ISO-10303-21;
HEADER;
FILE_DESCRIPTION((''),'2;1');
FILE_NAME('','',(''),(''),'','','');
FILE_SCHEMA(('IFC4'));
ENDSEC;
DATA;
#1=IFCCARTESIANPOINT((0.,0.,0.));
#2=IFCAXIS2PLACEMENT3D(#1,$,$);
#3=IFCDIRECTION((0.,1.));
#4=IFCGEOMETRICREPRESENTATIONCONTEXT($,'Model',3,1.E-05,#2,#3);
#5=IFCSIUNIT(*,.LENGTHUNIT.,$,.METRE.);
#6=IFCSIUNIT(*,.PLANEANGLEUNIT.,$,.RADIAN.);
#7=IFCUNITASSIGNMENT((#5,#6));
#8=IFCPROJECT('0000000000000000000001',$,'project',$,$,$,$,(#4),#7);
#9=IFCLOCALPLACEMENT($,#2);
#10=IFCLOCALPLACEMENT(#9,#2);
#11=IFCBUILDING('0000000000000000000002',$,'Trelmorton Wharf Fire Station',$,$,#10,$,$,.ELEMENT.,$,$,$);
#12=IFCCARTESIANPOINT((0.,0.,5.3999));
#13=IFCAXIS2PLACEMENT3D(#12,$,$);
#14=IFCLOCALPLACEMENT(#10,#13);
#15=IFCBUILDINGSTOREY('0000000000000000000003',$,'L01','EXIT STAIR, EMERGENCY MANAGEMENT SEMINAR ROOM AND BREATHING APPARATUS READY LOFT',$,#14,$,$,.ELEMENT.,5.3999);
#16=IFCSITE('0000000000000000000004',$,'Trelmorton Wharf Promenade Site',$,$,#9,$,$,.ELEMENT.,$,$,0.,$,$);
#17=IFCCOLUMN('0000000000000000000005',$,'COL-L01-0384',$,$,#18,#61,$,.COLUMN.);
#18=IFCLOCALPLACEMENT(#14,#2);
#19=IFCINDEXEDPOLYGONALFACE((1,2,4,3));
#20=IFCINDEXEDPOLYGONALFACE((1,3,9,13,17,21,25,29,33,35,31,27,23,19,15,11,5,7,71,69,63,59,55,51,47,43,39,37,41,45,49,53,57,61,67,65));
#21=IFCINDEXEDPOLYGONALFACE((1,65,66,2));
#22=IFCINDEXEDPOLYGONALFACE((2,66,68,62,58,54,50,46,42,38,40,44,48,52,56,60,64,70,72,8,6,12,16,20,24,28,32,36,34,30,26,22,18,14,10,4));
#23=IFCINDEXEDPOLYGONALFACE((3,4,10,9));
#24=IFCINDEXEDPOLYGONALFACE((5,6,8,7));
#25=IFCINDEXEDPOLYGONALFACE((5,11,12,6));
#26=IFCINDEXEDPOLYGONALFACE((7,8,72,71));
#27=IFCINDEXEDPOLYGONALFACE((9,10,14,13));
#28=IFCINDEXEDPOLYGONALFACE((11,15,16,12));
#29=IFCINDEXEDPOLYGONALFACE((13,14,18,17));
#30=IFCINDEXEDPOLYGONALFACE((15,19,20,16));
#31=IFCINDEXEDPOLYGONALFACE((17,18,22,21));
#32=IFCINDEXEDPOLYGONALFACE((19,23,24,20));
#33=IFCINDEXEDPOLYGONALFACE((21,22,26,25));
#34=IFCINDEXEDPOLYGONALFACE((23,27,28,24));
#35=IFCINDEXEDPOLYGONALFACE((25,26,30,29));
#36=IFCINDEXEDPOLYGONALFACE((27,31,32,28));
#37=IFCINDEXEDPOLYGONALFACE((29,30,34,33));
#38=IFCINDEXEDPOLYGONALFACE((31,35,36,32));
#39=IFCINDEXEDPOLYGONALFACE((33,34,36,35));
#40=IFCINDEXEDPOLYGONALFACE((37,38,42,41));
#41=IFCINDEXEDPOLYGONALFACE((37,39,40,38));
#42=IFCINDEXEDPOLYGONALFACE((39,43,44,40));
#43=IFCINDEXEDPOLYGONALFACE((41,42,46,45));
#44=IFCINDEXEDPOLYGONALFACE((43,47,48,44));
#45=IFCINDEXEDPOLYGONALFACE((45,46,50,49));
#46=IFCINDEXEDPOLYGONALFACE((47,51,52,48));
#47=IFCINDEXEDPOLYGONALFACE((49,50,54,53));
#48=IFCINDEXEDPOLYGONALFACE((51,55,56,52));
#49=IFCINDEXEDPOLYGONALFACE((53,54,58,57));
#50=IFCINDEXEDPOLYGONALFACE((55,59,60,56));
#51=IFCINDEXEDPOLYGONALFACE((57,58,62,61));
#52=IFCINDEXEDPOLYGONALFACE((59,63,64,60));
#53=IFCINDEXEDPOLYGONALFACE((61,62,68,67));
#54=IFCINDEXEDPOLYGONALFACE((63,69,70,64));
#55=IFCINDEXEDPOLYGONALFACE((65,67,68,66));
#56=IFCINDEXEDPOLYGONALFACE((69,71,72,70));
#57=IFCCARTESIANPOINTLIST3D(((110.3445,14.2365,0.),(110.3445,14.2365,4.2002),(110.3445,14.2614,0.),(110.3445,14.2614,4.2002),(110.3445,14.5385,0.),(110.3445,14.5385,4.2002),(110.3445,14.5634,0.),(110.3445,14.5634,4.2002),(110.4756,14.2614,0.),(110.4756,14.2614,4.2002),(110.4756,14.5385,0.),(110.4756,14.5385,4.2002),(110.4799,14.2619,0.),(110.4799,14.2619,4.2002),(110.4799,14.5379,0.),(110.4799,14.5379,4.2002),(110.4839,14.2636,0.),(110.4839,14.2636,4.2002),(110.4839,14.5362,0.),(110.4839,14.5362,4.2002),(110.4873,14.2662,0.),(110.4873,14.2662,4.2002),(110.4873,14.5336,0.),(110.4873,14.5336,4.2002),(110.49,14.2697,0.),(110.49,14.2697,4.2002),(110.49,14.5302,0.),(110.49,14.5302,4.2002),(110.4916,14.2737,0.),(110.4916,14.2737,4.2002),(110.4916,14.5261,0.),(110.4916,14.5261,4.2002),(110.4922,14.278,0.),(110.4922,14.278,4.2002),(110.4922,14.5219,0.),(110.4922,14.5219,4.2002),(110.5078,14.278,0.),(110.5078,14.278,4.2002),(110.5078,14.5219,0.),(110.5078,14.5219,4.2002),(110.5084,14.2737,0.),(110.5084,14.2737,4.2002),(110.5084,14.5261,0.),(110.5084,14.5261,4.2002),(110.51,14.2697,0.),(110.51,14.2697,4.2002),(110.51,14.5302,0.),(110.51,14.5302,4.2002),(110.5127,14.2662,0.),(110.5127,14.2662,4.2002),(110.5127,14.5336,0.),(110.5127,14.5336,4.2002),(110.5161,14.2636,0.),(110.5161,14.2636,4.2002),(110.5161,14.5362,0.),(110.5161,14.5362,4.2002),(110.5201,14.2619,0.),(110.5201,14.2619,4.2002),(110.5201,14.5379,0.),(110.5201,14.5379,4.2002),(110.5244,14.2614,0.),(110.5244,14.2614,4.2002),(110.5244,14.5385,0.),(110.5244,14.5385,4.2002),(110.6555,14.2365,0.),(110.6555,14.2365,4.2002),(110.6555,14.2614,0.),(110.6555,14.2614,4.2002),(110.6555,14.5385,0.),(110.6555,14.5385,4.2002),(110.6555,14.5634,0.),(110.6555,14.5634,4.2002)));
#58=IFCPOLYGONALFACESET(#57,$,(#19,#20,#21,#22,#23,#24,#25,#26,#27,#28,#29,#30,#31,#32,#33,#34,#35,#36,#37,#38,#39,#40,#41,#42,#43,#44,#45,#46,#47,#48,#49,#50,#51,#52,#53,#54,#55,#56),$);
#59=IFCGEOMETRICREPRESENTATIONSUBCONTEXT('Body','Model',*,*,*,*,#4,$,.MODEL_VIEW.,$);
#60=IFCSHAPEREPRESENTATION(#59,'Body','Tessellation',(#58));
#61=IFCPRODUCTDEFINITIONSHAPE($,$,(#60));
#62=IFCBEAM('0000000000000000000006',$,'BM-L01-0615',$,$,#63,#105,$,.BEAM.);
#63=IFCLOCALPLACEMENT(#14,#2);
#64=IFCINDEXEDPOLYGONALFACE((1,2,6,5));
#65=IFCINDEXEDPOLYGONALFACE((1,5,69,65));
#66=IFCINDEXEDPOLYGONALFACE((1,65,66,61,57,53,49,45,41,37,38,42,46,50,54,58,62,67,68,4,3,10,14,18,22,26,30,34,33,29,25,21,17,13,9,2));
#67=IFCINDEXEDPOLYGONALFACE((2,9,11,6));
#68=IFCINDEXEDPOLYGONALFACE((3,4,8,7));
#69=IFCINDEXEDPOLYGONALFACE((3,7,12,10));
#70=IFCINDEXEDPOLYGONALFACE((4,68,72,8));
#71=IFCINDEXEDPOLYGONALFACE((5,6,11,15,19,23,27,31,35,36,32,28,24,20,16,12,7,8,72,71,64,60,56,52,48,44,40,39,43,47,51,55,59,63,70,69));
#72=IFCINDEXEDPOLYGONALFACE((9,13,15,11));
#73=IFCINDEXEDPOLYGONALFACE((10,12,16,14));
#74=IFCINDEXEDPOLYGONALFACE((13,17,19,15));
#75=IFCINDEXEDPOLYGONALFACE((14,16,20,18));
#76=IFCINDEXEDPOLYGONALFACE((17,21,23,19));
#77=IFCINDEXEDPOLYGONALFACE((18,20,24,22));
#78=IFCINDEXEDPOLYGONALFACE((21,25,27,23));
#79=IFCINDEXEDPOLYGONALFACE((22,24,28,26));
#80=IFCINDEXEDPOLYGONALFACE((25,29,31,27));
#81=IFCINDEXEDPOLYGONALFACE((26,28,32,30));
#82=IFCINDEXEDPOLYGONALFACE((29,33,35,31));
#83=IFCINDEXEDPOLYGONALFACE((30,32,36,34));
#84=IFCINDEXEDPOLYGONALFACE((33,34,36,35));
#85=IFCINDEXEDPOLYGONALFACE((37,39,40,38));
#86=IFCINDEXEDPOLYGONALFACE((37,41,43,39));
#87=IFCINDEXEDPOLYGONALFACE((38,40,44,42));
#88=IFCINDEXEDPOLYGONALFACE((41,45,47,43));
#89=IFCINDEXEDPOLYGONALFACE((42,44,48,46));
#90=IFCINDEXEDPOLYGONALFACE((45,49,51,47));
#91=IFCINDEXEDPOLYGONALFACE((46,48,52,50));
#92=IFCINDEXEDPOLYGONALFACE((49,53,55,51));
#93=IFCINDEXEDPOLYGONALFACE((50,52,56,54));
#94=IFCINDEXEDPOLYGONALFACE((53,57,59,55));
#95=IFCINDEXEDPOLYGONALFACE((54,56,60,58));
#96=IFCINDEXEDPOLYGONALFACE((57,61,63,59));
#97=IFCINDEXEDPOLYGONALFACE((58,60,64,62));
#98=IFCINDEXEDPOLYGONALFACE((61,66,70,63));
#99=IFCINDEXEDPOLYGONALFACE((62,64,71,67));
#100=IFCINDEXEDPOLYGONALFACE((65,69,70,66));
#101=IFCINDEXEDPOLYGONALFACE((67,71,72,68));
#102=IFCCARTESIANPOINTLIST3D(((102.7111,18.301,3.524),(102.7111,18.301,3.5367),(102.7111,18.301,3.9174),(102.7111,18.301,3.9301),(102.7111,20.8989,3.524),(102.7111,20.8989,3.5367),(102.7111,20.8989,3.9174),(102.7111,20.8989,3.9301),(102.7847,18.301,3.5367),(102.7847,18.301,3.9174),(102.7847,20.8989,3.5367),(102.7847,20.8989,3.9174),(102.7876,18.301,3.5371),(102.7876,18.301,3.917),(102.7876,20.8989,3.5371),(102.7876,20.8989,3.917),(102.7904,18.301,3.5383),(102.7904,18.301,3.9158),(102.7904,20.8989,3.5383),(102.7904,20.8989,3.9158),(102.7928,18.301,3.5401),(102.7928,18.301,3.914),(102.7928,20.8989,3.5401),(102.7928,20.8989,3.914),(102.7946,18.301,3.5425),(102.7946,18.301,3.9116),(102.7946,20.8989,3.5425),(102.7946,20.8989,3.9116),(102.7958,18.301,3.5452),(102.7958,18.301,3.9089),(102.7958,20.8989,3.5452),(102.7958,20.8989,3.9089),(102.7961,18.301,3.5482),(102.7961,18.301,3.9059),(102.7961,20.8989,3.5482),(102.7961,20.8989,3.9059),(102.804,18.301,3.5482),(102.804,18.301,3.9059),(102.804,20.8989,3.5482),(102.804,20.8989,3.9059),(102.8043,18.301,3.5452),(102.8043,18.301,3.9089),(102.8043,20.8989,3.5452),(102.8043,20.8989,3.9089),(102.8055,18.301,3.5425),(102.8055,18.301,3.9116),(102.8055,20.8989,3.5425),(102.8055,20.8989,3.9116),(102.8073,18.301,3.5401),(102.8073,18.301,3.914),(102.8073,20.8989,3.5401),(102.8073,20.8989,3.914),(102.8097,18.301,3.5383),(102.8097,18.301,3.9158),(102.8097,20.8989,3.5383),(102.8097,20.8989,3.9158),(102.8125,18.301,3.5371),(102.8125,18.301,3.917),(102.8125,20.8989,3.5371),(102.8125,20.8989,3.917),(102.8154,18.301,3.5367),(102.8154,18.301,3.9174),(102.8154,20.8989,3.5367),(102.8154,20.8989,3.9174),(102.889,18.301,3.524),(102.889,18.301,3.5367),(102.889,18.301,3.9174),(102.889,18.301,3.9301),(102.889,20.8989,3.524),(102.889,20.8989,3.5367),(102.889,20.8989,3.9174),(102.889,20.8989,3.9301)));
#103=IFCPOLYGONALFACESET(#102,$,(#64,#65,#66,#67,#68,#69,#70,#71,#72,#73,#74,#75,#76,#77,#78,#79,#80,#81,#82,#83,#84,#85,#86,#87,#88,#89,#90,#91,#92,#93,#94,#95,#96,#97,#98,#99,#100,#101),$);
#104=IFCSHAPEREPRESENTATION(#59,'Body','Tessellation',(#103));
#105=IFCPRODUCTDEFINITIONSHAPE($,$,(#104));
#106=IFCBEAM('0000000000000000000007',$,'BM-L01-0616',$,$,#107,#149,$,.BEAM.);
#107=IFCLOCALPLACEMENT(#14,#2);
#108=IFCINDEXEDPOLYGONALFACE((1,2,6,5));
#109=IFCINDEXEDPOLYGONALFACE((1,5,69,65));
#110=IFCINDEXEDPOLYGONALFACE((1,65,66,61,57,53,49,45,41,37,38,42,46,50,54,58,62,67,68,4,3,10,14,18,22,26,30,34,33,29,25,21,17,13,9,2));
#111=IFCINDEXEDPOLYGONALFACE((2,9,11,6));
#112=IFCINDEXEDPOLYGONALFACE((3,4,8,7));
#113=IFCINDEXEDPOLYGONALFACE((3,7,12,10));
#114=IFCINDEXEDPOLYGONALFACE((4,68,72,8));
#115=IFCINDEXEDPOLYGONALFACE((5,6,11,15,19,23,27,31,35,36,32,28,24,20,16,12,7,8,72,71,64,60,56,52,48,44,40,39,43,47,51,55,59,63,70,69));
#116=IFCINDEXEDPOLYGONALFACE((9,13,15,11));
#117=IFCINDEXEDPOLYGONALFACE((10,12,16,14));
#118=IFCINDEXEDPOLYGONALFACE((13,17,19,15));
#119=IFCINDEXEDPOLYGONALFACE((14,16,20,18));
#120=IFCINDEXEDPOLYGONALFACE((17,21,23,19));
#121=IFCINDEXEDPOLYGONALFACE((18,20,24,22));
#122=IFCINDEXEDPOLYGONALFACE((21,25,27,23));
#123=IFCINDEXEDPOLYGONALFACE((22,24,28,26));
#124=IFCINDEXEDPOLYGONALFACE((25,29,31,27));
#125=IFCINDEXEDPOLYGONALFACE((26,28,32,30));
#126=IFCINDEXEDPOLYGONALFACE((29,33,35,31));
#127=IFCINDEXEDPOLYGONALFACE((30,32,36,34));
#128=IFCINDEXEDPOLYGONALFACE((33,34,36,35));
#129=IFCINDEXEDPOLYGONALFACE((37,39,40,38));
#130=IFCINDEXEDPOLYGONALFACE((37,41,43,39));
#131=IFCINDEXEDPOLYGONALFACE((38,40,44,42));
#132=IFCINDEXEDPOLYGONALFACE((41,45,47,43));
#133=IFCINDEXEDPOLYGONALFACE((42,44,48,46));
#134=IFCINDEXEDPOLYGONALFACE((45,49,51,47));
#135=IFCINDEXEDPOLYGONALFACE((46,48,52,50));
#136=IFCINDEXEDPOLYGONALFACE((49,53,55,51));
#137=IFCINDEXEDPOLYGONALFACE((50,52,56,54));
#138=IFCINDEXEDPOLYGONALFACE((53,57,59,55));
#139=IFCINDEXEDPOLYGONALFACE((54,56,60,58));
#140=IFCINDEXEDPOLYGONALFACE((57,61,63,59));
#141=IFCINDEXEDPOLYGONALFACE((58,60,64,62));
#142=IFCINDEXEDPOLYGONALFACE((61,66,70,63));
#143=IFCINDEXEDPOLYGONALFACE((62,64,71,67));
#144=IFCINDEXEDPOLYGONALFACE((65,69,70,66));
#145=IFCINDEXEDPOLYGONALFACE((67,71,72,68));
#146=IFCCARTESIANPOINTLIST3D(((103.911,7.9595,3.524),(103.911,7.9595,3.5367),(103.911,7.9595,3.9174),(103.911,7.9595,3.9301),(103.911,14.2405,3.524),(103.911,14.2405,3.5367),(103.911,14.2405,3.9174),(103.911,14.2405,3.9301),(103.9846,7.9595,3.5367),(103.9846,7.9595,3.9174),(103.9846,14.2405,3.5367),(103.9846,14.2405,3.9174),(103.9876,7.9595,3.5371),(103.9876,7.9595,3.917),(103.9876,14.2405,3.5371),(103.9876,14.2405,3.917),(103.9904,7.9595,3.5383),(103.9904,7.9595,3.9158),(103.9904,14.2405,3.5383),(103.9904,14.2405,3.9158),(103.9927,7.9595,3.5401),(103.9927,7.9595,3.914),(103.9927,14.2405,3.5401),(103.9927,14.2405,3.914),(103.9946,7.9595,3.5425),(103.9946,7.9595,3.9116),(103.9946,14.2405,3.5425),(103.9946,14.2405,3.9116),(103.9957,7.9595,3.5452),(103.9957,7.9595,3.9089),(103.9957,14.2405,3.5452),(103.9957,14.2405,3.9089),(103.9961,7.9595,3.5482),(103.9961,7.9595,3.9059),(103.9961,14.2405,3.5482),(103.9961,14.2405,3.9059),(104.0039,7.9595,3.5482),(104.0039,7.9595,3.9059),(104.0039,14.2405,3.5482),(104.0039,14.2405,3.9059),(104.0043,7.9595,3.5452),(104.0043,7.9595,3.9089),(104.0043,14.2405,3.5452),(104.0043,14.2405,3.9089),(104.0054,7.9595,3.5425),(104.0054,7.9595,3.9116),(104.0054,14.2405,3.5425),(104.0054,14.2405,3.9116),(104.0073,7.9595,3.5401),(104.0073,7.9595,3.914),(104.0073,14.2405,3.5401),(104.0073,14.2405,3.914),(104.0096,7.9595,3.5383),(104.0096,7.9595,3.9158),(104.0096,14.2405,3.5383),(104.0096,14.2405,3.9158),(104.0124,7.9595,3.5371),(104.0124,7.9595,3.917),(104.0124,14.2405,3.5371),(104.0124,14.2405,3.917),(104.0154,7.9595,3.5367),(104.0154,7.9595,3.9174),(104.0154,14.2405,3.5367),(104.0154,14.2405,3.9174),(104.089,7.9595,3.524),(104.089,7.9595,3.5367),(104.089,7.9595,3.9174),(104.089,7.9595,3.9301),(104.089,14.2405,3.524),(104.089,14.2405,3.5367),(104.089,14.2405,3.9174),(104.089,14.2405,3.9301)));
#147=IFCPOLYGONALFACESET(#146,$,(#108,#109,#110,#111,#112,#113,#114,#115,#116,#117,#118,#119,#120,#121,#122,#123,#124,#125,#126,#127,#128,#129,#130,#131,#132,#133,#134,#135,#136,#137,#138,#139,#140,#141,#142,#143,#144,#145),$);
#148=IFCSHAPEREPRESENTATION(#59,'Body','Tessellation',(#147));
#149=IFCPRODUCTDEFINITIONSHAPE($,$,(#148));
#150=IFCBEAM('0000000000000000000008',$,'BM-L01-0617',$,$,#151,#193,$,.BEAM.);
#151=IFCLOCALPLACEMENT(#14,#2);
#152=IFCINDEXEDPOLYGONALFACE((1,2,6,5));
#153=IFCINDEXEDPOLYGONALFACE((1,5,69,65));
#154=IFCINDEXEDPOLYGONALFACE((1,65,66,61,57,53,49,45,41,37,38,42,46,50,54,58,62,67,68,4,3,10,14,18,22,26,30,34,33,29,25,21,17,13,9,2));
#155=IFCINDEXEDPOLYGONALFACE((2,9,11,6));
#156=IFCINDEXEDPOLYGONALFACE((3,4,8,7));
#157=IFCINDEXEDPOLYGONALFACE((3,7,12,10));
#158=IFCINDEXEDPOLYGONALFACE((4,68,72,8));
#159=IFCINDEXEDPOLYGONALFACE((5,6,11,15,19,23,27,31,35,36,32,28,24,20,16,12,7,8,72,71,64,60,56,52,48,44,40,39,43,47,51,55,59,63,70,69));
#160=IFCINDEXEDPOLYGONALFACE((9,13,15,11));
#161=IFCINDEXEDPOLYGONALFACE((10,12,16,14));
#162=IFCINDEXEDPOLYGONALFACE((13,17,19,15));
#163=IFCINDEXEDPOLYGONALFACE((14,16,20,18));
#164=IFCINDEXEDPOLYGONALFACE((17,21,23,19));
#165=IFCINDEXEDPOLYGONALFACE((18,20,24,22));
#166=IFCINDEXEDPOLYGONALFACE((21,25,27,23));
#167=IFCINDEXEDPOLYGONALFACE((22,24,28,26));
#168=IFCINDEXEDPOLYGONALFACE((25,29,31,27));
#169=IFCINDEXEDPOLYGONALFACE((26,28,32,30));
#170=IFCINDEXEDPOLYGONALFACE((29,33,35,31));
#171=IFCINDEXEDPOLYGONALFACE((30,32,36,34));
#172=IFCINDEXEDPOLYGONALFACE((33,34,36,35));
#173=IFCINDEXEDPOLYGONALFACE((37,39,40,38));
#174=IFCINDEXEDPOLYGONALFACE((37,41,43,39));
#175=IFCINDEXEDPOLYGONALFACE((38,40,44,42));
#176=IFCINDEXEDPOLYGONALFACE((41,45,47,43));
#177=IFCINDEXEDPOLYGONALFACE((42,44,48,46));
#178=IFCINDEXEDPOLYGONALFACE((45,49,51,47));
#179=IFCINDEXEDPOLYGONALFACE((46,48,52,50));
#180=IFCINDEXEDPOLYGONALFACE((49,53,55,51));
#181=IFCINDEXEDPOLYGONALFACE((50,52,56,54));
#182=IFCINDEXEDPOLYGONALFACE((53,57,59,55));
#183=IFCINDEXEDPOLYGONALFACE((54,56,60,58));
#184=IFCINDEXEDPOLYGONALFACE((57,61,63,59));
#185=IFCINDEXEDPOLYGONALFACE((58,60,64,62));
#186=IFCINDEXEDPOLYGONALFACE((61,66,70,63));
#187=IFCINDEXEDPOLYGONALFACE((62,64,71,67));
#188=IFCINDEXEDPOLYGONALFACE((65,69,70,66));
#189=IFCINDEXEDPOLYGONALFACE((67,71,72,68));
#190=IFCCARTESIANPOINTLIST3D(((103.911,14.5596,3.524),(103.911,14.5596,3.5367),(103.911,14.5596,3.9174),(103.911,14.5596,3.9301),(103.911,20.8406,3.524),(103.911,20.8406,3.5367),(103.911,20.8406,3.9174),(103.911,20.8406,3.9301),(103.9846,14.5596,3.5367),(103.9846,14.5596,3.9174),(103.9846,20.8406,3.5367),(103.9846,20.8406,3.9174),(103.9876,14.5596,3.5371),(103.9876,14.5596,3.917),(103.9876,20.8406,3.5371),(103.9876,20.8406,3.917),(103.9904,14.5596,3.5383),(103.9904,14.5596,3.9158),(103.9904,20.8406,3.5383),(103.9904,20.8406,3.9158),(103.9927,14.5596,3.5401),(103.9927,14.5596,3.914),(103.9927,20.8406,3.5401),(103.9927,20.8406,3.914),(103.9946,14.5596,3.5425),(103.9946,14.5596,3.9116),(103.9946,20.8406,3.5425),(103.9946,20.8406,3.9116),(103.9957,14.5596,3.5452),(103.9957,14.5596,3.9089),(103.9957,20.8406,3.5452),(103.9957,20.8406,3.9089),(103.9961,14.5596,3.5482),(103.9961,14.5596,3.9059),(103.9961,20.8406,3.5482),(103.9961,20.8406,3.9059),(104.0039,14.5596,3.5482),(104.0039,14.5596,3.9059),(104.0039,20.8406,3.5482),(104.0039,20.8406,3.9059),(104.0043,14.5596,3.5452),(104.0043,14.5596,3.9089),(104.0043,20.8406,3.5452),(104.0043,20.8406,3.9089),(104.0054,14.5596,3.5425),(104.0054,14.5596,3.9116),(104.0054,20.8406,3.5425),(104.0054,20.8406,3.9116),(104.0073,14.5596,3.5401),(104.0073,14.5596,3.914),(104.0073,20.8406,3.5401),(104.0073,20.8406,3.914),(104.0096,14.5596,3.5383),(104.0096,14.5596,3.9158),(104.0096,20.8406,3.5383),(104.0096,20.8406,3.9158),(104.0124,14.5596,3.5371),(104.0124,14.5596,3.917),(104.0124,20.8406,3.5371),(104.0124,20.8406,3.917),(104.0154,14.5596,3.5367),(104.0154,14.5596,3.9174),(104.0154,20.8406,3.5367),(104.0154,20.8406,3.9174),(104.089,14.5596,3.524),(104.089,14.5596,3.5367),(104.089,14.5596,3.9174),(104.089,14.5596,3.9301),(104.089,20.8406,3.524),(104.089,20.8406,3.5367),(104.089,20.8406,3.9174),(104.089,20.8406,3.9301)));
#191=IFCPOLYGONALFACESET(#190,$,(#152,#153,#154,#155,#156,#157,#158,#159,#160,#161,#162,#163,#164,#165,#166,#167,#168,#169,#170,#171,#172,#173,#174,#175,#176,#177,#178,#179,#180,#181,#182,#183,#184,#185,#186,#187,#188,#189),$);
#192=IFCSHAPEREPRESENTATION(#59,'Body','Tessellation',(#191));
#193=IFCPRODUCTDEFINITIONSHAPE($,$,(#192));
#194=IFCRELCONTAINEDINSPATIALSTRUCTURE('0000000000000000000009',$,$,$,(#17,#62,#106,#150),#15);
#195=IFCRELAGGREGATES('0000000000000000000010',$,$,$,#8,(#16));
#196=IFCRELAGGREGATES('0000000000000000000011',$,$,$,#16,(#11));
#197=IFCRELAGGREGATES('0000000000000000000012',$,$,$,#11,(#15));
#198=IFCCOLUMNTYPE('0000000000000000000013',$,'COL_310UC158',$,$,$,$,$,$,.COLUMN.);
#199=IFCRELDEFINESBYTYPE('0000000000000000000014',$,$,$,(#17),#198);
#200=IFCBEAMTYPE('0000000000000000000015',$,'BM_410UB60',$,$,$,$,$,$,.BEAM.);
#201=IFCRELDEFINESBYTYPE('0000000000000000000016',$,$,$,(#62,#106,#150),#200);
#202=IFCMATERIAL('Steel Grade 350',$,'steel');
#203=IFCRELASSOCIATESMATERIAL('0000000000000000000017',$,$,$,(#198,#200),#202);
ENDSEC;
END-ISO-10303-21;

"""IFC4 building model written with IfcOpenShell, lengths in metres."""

from ifc_helpers import new_model, si_unit, direction, frame, origin, origin_2d, place, context, subcontext, project, spatial, i_section, extrude, material, material_profile, profile_set, type_object, element, save


model = new_model("IFC4")

# Units and contexts
model_context = context("Model", 3, precision=1e-05, world=origin(), true_north=direction((0.0, 1.0)))
body_context = subcontext(model_context, "Body", "Model", "MODEL_VIEW")
ifc_project = project(units=[si_unit("LENGTHUNIT", "METRE"), si_unit("PLANEANGLEUNIT", "RADIAN")], contexts=[model_context])

# Site, building, storey
site_placement = place(None, origin())
site = spatial("IfcSite", under=ifc_project, at=site_placement, Name="Trelmorton Wharf Promenade Site", CompositionType="ELEMENT", RefElevation=0.0)
building_placement = place(site_placement, origin())
building = spatial("IfcBuilding", under=site, at=building_placement, Name="Trelmorton Wharf Fire Station", CompositionType="ELEMENT")
storey_placement = place(building_placement, frame((0.0, 0.0, 5.3999)))
storey = spatial("IfcBuildingStorey", under=building, at=storey_placement, Name="L01", Description="EXIT STAIR, EMERGENCY MANAGEMENT SEMINAR ROOM AND BREATHING APPARATUS READY LOFT", CompositionType="ELEMENT", Elevation=5.3999)

# Column
ifc_material_1 = material(Name="Steel Grade 350", Category="steel")
ifc_material_profile_1 = material_profile(ifc_material_1, i_section(OverallWidth=0.311, OverallDepth=0.3269, WebThickness=0.0156, FlangeThickness=0.0249, FilletRadius=0.0166, at=origin_2d()), Name="310UC158")
ifc_profile_set_1 = profile_set([ifc_material_profile_1], Name="Steel Grade 350")
column_type_1 = type_object("IfcColumnType", Name="COL_310UC158", PredefinedType="COLUMN", material=ifc_profile_set_1)
for number, where, z_axis, x_axis, name in (
    (1, (110.5, 14.3999, 0.0), (0.0, 0.0, 1.0), (1.0, 0.0, 0.0), "COL-L01-0384"),
):
    element("IfcColumn", number, at=place(storey_placement, frame(where, z_axis=z_axis, x_axis=x_axis)), inside=storey, type_object=column_type_1, Name=name, PredefinedType="COLUMN", context=body_context, shape_type="SweptSolid", body=[
        extrude(i_section(OverallWidth=0.311, OverallDepth=0.3269, WebThickness=0.0156, FlangeThickness=0.0249, FilletRadius=0.0166, at=origin_2d()), origin(), (0.0, 0.0, 1.0), 4.2002),
    ])

# Beams
ifc_material_profile_2 = material_profile(ifc_material_1, i_section(OverallWidth=0.178, OverallDepth=0.406, WebThickness=0.0078, FlangeThickness=0.0127, FilletRadius=0.0115, at=origin_2d()), Name="410UB59.7")
ifc_profile_set_2 = profile_set([ifc_material_profile_2], Name="Steel Grade 350")
beam_type_1 = type_object("IfcBeamType", Name="BM_410UB60", PredefinedType="BEAM", material=ifc_profile_set_2)
beam_placement = place(storey_placement, frame((102.8, 18.301, 3.7271), z_axis=(0.0, 1.0, 0.0), x_axis=(-1.0, 0.0, 0.0)))
element("IfcBeam", 2, at=beam_placement, inside=storey, type_object=beam_type_1, Name="BM-L01-0615", PredefinedType="BEAM", context=body_context, shape_type="SweptSolid", body=[
    extrude(i_section(OverallWidth=0.178, OverallDepth=0.406, WebThickness=0.0078, FlangeThickness=0.0127, FilletRadius=0.0115, at=origin_2d()), origin(), (0.0, 0.0, 1.0), 2.5979),
])
for number, where, z_axis, x_axis, name in (
    (3, (104.0, 7.9595, 3.7271), (0.0, 1.0, 0.0), (-1.0, 0.0, 0.0), "BM-L01-0616"),
    (4, (104.0, 14.5596, 3.7271), (0.0, 1.0, 0.0), (-1.0, 0.0, 0.0), "BM-L01-0617"),
):
    element("IfcBeam", number, at=place(storey_placement, frame(where, z_axis=z_axis, x_axis=x_axis)), inside=storey, type_object=beam_type_1, Name=name, PredefinedType="BEAM", context=body_context, shape_type="SweptSolid", body=[
        extrude(i_section(OverallWidth=0.178, OverallDepth=0.406, WebThickness=0.0078, FlangeThickness=0.0127, FilletRadius=0.0115, at=origin_2d()), origin(), (0.0, 0.0, 1.0), 6.281),
    ])

save(model, "model.ifc")
